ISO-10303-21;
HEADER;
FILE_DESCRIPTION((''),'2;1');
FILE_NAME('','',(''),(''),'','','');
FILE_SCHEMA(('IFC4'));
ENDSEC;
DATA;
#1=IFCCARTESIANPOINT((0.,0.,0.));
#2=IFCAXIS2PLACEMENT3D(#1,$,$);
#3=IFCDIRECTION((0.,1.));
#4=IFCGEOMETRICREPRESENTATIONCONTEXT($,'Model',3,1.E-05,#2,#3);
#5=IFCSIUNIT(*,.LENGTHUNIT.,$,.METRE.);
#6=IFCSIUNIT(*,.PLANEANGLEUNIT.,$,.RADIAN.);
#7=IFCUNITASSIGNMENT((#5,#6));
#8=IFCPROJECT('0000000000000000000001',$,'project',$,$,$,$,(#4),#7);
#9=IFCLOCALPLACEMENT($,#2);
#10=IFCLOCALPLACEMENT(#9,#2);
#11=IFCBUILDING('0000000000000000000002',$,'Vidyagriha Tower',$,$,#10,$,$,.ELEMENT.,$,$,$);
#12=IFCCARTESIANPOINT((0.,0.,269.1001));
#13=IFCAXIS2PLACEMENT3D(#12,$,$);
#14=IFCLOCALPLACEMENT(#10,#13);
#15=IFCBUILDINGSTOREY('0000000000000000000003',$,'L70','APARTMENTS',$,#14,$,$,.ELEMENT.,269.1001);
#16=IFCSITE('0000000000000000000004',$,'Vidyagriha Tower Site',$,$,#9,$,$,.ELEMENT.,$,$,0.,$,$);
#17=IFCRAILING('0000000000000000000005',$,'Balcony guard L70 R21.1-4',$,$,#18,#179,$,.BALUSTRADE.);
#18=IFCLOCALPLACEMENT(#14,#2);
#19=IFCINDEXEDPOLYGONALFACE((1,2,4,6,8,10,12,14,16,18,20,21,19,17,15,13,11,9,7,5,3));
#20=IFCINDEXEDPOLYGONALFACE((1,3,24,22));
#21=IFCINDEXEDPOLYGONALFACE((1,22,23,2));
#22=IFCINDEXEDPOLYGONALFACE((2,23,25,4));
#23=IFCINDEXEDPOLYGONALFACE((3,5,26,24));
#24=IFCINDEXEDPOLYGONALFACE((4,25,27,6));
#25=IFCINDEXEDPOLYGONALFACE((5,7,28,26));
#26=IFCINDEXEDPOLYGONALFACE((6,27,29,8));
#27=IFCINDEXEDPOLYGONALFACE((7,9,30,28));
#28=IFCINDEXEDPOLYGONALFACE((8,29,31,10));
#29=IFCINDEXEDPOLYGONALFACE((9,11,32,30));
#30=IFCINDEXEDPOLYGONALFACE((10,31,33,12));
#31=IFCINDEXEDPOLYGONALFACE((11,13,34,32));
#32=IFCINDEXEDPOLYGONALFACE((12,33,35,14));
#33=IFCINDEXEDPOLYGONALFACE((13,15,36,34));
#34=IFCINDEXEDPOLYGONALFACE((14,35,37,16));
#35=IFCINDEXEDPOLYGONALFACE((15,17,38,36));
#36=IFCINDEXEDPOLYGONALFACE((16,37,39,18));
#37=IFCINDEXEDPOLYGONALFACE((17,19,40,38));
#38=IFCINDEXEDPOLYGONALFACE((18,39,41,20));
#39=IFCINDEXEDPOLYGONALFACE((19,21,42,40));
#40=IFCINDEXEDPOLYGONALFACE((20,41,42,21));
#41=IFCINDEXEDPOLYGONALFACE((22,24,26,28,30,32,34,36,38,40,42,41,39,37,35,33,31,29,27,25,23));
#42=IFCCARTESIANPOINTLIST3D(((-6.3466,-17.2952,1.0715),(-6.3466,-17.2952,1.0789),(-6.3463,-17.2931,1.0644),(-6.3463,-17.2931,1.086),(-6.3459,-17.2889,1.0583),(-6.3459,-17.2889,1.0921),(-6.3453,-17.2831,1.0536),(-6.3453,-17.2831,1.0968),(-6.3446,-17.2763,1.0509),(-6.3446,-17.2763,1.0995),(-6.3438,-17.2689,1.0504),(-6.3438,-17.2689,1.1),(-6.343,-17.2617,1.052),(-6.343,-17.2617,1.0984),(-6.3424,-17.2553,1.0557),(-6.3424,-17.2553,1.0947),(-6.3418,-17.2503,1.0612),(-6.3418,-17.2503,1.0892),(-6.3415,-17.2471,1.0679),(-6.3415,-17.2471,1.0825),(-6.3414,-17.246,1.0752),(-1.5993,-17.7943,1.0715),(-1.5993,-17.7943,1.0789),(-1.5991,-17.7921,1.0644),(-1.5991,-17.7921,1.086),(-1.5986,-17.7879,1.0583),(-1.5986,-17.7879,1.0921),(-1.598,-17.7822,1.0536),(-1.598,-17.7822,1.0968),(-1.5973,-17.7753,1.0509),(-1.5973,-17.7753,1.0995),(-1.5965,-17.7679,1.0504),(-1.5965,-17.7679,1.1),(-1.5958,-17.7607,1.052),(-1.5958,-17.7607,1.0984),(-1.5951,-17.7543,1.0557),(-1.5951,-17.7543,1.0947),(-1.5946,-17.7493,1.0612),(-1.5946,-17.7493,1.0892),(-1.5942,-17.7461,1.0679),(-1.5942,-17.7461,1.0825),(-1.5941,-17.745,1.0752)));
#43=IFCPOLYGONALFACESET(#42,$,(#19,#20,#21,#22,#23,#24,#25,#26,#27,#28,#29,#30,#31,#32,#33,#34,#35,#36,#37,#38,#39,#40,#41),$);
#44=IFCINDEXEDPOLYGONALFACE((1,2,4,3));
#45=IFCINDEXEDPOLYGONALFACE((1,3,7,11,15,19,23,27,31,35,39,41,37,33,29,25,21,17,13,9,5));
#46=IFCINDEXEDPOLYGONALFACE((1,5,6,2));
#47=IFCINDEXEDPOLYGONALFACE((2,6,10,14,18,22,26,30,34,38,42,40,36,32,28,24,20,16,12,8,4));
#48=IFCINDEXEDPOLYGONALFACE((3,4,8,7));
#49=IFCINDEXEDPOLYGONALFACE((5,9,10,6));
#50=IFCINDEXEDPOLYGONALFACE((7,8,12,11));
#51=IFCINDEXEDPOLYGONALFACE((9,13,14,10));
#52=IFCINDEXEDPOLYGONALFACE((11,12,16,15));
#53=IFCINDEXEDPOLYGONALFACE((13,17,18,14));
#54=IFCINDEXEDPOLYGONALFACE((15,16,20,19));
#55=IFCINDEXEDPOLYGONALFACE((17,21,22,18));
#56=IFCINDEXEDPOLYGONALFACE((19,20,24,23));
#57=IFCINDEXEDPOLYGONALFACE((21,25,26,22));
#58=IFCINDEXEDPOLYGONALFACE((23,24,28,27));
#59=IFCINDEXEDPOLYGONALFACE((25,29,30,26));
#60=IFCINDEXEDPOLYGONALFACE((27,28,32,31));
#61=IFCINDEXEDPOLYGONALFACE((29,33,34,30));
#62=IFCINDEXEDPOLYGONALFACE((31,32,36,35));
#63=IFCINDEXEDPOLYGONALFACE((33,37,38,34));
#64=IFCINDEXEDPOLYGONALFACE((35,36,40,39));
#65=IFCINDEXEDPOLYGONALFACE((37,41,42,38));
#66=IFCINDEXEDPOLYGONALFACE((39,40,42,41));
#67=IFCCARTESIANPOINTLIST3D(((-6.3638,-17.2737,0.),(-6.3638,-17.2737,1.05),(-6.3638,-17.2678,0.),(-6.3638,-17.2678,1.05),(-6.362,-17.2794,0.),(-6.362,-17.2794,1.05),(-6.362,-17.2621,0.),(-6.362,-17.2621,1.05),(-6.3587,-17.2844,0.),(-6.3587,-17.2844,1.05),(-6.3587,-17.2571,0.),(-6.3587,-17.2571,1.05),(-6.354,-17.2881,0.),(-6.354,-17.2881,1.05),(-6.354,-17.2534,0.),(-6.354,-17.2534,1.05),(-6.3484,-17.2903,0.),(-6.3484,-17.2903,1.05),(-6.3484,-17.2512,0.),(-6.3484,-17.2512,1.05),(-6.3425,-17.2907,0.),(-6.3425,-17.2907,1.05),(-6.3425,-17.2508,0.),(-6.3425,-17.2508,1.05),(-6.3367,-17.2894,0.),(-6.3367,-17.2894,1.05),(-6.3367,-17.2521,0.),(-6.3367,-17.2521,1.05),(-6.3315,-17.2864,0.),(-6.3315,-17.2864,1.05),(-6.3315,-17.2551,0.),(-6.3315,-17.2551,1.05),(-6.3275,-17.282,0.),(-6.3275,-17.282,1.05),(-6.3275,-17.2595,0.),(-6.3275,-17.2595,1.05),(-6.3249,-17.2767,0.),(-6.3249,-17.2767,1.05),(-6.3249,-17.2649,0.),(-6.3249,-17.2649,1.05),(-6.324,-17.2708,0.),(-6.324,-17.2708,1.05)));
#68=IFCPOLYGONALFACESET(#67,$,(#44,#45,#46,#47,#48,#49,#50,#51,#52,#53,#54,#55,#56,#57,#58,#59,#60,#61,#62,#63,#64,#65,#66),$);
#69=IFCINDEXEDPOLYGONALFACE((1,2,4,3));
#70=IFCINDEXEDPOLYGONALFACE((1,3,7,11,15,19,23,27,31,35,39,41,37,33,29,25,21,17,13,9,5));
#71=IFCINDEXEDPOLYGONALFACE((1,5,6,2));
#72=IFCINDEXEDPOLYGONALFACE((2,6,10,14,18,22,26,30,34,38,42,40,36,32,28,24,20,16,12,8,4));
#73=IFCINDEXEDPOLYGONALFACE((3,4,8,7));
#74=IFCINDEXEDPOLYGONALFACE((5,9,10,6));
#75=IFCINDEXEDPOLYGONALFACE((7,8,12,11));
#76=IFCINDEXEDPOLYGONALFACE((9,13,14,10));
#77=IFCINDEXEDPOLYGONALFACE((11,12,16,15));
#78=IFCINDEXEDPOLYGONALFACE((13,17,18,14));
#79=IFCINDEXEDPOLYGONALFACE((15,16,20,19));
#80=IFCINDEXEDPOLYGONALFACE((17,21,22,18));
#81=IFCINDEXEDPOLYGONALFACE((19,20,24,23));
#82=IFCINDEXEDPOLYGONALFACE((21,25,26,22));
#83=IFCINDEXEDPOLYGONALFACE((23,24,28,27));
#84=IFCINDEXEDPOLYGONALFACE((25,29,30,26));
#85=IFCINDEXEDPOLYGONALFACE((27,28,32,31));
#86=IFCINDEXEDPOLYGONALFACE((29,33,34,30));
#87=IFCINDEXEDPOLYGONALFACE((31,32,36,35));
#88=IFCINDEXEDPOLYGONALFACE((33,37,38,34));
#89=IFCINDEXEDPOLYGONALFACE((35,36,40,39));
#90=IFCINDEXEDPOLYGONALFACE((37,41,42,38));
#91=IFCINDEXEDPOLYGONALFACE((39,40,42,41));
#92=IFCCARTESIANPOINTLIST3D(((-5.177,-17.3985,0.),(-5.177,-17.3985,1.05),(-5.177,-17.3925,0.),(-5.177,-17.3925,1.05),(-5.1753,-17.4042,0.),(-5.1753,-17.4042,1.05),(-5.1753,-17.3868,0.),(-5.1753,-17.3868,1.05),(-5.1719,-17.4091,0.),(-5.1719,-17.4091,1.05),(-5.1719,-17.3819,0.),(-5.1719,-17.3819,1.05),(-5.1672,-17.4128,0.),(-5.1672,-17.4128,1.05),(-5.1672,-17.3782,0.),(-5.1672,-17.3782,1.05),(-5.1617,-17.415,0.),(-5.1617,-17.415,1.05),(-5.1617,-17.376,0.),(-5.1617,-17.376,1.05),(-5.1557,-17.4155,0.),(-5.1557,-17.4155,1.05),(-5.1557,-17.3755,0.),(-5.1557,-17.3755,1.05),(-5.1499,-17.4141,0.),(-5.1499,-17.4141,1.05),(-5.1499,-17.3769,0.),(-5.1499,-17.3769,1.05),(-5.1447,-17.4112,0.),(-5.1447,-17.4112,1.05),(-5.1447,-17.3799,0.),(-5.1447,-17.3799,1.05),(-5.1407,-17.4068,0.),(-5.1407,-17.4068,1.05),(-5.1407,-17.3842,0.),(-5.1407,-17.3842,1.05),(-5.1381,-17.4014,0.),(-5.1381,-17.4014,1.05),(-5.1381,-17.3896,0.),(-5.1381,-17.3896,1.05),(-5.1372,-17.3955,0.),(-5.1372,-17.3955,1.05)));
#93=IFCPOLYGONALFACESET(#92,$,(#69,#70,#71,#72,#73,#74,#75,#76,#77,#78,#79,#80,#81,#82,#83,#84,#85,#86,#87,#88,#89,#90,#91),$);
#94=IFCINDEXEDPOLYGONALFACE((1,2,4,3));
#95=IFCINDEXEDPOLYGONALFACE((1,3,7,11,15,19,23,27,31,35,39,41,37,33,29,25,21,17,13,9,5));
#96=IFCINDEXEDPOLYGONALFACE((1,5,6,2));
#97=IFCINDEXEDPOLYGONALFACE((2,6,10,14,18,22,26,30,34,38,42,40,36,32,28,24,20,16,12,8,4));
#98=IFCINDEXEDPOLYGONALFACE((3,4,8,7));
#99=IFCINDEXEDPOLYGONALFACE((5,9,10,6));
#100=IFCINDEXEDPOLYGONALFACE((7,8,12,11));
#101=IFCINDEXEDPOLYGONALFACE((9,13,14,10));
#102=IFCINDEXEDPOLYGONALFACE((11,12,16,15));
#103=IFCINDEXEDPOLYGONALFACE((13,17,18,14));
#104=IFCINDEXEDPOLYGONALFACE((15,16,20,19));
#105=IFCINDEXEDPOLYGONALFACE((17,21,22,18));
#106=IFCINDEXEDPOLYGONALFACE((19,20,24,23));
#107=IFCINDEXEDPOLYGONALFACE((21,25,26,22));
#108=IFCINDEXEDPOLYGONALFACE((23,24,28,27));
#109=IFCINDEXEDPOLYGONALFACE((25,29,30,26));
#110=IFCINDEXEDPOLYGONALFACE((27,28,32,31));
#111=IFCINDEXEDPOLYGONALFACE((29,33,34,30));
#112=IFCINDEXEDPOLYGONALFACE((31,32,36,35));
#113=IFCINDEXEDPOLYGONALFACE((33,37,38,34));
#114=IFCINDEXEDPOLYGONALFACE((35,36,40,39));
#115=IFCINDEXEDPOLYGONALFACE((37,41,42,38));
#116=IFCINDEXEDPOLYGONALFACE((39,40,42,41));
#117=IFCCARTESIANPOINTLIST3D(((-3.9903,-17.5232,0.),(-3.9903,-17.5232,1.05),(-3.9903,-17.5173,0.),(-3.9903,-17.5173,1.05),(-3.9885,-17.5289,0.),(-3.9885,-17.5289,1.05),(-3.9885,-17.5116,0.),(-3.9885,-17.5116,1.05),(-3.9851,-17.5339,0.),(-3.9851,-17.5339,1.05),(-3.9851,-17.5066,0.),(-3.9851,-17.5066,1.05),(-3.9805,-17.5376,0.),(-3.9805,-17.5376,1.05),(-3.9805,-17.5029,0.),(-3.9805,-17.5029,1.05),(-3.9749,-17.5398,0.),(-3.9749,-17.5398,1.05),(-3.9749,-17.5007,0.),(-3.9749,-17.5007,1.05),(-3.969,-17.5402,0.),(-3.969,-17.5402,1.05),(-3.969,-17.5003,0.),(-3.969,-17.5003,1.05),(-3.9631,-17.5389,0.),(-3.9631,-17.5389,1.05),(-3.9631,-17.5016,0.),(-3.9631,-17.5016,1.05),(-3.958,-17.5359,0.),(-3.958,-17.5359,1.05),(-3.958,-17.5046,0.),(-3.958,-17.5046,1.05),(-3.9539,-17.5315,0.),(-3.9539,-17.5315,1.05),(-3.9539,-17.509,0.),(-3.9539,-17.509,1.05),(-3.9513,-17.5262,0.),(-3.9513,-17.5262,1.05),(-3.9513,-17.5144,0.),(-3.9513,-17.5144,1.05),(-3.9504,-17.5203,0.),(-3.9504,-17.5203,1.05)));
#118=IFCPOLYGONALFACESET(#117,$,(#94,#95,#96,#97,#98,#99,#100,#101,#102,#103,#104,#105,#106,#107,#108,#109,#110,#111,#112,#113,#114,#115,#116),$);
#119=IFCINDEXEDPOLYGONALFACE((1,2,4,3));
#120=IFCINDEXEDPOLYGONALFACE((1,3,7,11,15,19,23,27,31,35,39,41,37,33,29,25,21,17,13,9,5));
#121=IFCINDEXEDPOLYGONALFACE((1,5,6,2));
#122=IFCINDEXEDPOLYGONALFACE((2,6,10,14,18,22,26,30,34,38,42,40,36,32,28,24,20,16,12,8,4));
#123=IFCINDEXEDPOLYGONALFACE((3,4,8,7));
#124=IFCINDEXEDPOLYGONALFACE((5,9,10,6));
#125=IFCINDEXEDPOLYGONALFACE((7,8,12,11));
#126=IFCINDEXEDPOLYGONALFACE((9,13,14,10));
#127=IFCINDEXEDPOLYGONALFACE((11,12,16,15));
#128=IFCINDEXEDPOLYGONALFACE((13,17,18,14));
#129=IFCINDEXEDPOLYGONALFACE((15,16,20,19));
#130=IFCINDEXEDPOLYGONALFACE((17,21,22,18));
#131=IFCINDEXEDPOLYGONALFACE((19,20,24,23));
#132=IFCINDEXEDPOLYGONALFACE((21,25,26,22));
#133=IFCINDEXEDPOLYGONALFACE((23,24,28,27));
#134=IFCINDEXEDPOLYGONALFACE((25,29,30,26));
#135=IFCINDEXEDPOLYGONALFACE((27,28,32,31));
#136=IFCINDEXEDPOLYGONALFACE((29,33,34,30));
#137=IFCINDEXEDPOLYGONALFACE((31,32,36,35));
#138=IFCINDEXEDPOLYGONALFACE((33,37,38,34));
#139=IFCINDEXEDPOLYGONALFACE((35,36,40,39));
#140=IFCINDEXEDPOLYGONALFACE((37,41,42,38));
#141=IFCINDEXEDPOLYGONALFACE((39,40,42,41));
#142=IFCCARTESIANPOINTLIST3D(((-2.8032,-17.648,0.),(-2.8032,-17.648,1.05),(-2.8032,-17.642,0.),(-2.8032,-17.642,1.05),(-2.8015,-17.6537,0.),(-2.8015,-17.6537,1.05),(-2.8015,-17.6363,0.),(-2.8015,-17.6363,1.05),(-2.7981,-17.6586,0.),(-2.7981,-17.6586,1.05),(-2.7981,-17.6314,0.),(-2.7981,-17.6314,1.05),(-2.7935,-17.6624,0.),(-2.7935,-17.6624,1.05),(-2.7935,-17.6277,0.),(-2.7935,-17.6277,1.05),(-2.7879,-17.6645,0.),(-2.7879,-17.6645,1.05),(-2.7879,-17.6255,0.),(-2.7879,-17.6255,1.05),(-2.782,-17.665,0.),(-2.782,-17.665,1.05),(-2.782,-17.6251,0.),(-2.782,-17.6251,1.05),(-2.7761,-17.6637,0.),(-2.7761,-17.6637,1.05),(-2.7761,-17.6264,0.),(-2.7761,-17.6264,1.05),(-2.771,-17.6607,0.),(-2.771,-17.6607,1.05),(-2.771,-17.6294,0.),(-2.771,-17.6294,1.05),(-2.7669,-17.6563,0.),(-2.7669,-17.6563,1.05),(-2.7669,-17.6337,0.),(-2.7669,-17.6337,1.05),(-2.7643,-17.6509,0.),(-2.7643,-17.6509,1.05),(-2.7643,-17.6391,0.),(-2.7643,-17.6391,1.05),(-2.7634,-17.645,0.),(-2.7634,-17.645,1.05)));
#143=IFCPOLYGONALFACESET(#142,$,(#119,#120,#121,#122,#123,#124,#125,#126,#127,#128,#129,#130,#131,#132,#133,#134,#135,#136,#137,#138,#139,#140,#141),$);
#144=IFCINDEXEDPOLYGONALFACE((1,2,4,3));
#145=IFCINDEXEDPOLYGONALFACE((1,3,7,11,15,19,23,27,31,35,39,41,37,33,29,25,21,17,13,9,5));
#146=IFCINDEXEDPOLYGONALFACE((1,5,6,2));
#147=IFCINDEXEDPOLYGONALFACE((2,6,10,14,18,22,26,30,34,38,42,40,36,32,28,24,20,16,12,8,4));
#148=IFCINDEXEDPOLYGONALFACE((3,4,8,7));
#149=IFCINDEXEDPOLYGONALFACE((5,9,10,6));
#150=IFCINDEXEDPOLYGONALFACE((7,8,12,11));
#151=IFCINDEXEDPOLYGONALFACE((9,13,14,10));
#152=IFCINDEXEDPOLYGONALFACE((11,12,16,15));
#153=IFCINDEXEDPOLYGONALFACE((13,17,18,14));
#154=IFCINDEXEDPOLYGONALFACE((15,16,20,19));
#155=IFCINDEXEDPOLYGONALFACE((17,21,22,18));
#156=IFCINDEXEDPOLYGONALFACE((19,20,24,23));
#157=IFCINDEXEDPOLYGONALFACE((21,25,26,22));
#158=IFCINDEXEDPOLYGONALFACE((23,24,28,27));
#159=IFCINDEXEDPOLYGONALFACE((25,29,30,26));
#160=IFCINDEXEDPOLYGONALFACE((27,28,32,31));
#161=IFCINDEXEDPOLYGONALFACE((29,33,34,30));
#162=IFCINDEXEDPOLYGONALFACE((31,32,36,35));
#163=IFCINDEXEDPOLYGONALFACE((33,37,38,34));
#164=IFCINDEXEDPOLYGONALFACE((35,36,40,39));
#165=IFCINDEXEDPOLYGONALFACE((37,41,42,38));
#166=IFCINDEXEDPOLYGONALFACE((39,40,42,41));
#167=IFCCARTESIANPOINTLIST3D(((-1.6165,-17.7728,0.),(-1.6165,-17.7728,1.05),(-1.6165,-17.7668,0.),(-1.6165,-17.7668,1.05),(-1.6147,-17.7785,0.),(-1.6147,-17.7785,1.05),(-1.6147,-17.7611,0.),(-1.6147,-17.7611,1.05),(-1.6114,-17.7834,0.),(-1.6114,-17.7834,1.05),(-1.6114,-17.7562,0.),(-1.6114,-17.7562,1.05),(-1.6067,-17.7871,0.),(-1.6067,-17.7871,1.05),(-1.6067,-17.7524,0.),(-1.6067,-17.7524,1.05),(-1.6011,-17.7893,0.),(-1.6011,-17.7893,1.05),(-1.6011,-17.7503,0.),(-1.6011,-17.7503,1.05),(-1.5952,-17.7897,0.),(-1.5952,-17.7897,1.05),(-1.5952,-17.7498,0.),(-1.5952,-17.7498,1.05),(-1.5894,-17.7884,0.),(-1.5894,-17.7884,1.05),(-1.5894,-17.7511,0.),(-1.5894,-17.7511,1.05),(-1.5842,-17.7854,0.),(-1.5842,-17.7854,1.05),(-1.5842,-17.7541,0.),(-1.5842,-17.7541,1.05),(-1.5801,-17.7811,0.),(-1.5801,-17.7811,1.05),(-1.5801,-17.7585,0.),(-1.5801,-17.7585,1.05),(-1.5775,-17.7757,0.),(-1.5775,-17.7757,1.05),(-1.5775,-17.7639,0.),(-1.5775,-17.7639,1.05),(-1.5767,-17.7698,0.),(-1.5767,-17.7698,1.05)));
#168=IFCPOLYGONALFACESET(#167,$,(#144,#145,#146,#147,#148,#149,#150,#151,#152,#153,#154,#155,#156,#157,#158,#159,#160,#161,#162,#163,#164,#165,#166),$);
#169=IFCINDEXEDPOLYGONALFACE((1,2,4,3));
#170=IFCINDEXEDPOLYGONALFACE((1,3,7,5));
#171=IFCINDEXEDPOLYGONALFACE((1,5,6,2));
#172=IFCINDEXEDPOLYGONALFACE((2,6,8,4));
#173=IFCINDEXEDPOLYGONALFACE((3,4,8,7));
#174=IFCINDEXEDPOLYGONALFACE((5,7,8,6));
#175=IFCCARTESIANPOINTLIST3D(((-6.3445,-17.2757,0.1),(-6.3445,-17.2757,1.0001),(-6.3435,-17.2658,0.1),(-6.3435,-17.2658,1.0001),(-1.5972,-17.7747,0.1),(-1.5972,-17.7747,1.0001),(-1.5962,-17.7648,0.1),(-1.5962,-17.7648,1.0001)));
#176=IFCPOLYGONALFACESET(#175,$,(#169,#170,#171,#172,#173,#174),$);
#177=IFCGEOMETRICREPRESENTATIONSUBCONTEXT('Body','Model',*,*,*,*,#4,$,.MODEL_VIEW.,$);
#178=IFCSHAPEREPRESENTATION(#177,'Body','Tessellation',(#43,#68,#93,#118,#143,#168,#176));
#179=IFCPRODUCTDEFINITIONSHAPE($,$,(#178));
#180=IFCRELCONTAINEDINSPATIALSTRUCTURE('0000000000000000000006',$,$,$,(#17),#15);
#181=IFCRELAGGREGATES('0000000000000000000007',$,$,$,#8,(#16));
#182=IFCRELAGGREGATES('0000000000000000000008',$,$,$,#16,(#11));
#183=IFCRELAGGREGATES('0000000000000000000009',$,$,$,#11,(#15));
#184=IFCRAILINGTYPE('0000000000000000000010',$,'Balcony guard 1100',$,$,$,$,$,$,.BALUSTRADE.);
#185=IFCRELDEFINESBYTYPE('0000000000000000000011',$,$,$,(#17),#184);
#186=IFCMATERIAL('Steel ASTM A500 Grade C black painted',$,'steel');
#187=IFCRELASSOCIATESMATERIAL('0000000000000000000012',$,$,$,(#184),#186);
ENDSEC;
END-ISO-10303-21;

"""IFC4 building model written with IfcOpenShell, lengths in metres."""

from ifc_helpers import new_model, si_unit, direction, frame, origin, origin_2d, place, context, subcontext, project, spatial, rectangle, circle, extrude, material, type_object, element, save


model = new_model("IFC4")

# Units and contexts
model_context = context("Model", 3, precision=1e-05, world=origin(), true_north=direction((0.0, 1.0)))
body_context = subcontext(model_context, "Body", "Model", "MODEL_VIEW")
ifc_project = project(units=[si_unit("LENGTHUNIT", "METRE"), si_unit("PLANEANGLEUNIT", "RADIAN")], contexts=[model_context])

# Site, building, storey
site_placement = place(None, origin())
site = spatial("IfcSite", under=ifc_project, at=site_placement, Name="Vidyagriha Tower Site", CompositionType="ELEMENT", RefElevation=0.0)
building_placement = place(site_placement, origin())
building = spatial("IfcBuilding", under=site, at=building_placement, Name="Vidyagriha Tower", CompositionType="ELEMENT")
storey_placement = place(building_placement, frame((0.0, 0.0, 269.1001)))
storey = spatial("IfcBuildingStorey", under=building, at=storey_placement, Name="L70", Description="APARTMENTS", CompositionType="ELEMENT", Elevation=269.1001)

# Railing
ifc_material_1 = material(Name="Steel ASTM A500 Grade C black painted", Category="steel")
railing_type = type_object("IfcRailingType", Name="Balcony guard 1100", PredefinedType="BALUSTRADE", material=ifc_material_1)
for number, where, name in (
    (1, (-6.344, -17.2708, 0.0), "Balcony guard L70 R21.1-4"),
):
    element("IfcRailing", number, at=place(storey_placement, frame(where)), inside=storey, type_object=railing_type, Name=name, PredefinedType="BALUSTRADE", context=body_context, shape_type="SweptSolid", body=[
        extrude(circle(Radius=0.0249, at=origin_2d()), frame((0.0, 0.0, 1.0752), z_axis=(0.994521, -0.104541, 0.0), x_axis=(0.104541, 0.994521, 0.0)), (0.0, 0.0, 1.0), 4.7734),
        extrude(circle(Radius=0.02, at=origin_2d()), origin(), (0.0, 0.0, 1.0), 1.05),
        extrude(circle(Radius=0.02, at=origin_2d()), frame((1.1868, -0.1248, 0.0)), (0.0, 0.0, 1.0), 1.05),
        extrude(circle(Radius=0.02, at=origin_2d()), frame((2.3735, -0.2495, 0.0)), (0.0, 0.0, 1.0), 1.05),
        extrude(circle(Radius=0.02, at=origin_2d()), frame((3.5605, -0.3743, 0.0)), (0.0, 0.0, 1.0), 1.05),
        extrude(circle(Radius=0.02, at=origin_2d()), frame((4.7473, -0.499, 0.0)), (0.0, 0.0, 1.0), 1.05),
        extrude(rectangle(XDim=0.01, YDim=0.9001, at=origin_2d()), frame((0.0, 0.0, 0.55), z_axis=(0.994521, -0.104541, 0.0), x_axis=(0.104541, 0.994521, 0.0)), (0.0, 0.0, 1.0), 4.7734),
    ])

save(model, "model.ifc")
